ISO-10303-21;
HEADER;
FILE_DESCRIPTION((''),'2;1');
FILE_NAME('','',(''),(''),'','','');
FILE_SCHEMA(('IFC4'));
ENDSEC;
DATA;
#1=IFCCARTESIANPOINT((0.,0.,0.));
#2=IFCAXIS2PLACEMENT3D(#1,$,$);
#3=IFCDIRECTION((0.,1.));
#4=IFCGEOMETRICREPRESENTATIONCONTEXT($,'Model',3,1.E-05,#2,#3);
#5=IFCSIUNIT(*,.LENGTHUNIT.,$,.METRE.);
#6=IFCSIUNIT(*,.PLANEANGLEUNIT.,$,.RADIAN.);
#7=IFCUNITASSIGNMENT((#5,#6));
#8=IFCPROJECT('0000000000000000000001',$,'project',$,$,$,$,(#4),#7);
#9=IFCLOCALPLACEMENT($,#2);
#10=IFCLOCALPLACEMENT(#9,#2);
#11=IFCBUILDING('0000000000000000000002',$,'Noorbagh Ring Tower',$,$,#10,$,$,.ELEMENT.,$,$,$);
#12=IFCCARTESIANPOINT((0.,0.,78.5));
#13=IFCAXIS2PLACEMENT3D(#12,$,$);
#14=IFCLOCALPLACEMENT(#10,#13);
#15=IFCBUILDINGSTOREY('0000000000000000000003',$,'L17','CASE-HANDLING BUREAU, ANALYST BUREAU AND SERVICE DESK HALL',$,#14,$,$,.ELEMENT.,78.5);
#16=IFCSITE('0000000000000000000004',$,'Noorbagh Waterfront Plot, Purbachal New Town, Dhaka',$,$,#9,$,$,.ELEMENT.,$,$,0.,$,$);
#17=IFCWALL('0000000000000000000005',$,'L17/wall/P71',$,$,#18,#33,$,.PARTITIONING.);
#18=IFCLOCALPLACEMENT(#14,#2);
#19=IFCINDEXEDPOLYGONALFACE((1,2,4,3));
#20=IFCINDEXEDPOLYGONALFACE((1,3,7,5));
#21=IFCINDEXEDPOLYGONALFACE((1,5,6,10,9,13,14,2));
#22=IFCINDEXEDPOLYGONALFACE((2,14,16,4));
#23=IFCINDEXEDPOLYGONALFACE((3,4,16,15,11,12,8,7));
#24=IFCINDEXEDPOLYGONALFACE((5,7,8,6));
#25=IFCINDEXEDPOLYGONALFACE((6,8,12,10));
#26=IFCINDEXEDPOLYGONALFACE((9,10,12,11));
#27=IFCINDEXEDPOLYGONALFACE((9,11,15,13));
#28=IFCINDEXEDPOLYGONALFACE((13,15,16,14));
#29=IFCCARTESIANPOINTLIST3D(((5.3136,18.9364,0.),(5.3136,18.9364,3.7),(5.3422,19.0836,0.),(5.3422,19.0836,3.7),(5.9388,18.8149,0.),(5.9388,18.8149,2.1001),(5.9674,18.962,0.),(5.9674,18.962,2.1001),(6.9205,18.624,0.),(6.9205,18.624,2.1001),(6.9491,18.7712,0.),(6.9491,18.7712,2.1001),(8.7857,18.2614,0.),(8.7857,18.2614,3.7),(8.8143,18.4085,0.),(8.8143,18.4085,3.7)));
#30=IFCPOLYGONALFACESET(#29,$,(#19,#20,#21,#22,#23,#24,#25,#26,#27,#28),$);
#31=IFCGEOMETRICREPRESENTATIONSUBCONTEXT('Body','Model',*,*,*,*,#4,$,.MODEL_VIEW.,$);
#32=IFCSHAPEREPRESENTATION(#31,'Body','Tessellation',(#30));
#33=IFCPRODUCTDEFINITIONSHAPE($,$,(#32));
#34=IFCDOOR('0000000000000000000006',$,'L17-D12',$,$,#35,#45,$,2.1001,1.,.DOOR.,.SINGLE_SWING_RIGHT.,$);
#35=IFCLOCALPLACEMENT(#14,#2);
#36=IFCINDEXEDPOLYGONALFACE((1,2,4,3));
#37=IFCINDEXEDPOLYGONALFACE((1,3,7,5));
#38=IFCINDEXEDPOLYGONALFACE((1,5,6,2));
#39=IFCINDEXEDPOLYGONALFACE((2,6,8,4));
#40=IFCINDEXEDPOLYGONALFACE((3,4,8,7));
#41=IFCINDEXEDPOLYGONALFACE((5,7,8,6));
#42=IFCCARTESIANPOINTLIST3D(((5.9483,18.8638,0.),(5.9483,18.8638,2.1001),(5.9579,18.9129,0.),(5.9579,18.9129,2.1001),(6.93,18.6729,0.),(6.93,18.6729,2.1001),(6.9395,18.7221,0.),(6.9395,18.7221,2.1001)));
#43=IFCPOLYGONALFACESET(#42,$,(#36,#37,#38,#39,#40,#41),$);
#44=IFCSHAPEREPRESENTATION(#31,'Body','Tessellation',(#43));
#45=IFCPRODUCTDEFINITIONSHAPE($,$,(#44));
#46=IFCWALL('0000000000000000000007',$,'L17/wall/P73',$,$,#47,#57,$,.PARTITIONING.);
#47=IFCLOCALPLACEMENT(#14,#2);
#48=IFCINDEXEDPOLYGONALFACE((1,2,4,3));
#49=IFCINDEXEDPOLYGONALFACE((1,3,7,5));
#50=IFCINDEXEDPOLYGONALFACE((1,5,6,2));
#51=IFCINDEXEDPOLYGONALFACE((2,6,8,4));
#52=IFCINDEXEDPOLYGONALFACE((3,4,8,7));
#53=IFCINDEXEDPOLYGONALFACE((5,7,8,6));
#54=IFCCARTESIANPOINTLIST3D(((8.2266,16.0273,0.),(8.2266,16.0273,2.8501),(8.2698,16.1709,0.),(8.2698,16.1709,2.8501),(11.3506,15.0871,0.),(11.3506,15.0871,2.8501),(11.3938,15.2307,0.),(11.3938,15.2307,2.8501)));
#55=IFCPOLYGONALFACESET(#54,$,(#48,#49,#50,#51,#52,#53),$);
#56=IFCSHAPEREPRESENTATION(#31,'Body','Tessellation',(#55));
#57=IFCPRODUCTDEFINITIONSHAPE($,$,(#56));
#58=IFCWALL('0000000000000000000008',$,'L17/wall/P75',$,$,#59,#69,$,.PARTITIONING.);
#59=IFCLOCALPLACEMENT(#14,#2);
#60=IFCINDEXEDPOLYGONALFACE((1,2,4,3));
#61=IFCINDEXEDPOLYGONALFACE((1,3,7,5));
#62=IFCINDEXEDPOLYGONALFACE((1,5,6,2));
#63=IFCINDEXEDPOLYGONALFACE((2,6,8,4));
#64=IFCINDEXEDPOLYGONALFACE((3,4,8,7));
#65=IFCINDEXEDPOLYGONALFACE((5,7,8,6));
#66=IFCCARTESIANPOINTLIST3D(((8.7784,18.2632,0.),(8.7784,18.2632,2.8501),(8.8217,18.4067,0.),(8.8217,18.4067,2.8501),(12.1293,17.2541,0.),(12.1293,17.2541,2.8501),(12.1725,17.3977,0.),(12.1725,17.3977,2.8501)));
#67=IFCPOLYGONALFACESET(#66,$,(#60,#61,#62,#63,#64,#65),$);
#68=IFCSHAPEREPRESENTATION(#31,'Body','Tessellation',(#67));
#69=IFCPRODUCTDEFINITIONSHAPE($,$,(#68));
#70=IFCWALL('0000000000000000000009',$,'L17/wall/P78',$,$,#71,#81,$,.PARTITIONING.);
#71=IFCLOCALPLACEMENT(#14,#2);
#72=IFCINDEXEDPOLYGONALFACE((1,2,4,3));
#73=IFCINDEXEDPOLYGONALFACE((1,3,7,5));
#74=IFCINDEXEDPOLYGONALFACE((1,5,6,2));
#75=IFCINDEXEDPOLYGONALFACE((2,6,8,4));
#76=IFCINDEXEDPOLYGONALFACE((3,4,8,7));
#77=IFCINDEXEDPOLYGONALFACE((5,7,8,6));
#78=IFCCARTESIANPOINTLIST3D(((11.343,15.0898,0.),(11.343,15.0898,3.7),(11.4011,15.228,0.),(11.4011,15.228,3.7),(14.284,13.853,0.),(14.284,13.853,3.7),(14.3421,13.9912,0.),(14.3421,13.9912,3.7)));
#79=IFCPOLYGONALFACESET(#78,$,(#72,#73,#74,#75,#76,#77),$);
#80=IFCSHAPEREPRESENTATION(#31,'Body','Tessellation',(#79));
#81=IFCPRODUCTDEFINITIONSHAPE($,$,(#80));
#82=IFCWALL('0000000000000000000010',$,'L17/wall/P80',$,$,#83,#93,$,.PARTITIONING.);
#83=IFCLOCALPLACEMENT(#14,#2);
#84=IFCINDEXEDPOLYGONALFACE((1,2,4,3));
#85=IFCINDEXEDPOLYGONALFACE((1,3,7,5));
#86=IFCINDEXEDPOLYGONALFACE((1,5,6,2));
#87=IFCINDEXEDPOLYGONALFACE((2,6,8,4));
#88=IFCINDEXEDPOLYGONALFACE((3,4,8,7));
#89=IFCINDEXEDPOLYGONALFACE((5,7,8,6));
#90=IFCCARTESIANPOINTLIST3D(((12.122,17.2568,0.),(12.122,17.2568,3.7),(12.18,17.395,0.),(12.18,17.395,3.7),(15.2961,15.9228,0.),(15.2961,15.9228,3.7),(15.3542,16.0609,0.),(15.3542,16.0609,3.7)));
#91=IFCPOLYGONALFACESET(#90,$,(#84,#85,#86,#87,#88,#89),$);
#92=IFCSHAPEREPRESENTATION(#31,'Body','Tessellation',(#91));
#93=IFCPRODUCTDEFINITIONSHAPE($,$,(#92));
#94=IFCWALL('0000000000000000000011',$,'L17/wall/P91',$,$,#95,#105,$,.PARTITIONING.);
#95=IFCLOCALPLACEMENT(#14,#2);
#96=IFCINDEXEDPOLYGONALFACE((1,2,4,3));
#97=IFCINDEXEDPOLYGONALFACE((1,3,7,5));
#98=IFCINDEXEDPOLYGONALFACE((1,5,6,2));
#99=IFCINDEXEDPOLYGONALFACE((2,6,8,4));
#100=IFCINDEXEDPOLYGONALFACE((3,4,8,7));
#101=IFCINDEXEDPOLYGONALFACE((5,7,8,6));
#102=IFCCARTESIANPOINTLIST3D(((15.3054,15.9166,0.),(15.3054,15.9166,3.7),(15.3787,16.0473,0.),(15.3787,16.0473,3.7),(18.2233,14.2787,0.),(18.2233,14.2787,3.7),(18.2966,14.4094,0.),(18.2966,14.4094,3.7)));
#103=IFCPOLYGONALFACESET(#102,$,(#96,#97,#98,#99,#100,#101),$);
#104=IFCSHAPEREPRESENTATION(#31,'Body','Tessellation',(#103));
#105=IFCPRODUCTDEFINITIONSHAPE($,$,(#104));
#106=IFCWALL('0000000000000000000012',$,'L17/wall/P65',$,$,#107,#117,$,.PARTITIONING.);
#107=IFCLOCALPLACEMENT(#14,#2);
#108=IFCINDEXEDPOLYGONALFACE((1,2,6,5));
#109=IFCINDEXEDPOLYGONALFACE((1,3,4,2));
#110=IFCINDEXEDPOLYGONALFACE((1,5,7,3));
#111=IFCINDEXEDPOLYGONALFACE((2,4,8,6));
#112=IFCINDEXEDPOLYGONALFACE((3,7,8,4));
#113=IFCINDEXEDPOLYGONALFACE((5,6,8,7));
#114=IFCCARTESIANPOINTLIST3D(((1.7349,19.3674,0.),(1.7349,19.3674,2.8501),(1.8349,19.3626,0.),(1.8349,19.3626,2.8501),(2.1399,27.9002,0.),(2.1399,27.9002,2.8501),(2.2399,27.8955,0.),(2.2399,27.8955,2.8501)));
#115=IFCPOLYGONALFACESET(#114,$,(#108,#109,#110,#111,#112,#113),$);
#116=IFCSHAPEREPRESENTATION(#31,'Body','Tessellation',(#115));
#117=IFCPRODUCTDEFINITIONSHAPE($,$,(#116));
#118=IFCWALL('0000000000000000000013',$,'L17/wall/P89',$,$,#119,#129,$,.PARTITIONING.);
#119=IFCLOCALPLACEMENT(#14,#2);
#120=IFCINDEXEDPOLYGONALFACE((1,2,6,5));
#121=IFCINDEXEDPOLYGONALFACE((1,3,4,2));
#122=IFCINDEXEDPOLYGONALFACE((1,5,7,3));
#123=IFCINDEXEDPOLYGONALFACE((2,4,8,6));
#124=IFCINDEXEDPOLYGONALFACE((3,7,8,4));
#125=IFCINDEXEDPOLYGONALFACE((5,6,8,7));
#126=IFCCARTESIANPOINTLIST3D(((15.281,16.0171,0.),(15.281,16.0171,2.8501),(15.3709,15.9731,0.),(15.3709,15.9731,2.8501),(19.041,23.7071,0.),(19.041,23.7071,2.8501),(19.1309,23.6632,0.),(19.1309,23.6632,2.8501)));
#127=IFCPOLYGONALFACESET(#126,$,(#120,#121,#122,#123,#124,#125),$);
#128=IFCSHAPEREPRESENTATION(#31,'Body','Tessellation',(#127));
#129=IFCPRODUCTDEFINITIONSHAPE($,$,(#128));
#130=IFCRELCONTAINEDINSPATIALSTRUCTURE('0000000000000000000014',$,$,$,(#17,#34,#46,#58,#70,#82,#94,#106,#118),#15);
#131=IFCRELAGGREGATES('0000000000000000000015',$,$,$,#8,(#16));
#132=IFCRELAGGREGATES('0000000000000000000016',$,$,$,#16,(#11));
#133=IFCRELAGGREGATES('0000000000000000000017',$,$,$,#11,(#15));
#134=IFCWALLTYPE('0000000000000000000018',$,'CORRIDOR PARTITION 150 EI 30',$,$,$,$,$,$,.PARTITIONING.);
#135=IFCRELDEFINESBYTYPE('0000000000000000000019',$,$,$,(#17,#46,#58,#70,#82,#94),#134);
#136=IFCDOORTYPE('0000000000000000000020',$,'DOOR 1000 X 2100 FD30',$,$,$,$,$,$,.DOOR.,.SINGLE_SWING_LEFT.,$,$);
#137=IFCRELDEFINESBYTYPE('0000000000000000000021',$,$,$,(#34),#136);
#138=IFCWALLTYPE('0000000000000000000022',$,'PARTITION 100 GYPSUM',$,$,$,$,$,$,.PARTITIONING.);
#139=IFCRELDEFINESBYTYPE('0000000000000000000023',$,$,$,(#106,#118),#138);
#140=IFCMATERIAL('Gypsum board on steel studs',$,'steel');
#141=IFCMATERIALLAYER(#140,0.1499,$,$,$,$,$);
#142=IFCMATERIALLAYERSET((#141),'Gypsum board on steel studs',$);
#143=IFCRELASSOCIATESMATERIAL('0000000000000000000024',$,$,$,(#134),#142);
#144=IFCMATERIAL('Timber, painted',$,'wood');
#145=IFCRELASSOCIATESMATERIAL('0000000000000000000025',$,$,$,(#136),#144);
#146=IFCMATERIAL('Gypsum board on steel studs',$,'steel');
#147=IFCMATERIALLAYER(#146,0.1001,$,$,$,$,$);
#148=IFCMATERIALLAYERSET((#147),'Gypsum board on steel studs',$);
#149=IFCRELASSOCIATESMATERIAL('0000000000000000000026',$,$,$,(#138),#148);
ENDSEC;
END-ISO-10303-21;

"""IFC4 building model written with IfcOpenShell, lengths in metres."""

from ifc_helpers import new_model, si_unit, direction, frame, frame_2d, origin, place, context, subcontext, project, spatial, rectangle, extrude, material, layer, layer_set, type_object, element, fill, save


model = new_model("IFC4")

# Units and contexts
model_context = context("Model", 3, precision=1e-05, world=origin(), true_north=direction((0.0, 1.0)))
body_context = subcontext(model_context, "Body", "Model", "MODEL_VIEW")
ifc_project = project(units=[si_unit("LENGTHUNIT", "METRE"), si_unit("PLANEANGLEUNIT", "RADIAN")], contexts=[model_context])

# Site, building, storey
site_placement = place(None, origin())
site = spatial("IfcSite", under=ifc_project, at=site_placement, Name="Noorbagh Waterfront Plot, Purbachal New Town, Dhaka", CompositionType="ELEMENT", RefElevation=0.0)
building_placement = place(site_placement, origin())
building = spatial("IfcBuilding", under=site, at=building_placement, Name="Noorbagh Ring Tower", CompositionType="ELEMENT")
storey_placement = place(building_placement, frame((0.0, 0.0, 78.5)))
storey = spatial("IfcBuildingStorey", under=building, at=storey_placement, Name="L17", Description="CASE-HANDLING BUREAU, ANALYST BUREAU AND SERVICE DESK HALL", CompositionType="ELEMENT", Elevation=78.5)

# Shared definitions
ifc_material_1 = material(Name="Gypsum board on steel studs", Category="steel")
ifc_layer_1 = layer(ifc_material_1, 0.1499)
ifc_layer_set_1 = layer_set([ifc_layer_1], Name="Gypsum board on steel studs")
wall_type_1 = type_object("IfcWallType", Name="CORRIDOR PARTITION 150 EI 30", PredefinedType="PARTITIONING", material=ifc_layer_set_1)

# Wall, opening, door
ifc_material_2 = material(Name="Timber, painted", Category="wood")
door_type = type_object("IfcDoorType", Name="DOOR 1000 X 2100 FD30", OperationType="SINGLE_SWING_LEFT", PredefinedType="DOOR", material=ifc_material_2)
wall_1_placement = place(storey_placement, frame((5.3279, 19.01, 0.0), z_axis=(0.0, 0.0, 1.0), x_axis=(0.98162, -0.190844, 0.0)))
wall_1 = element("IfcWall", 1, at=wall_1_placement, inside=storey, type_object=wall_type_1, Name="L17/wall/P71", PredefinedType="PARTITIONING", context=body_context, shape_type="SweptSolid", body=[
    extrude(rectangle(XDim=3.5371, YDim=0.1499, at=frame_2d((1.7686, 0.0))), origin(), (0.0, 0.0, 1.0), 3.7),
])
opening_1_placement = place(wall_1_placement, frame((0.637, 0.0, 0.0)))
opening_1 = element("IfcOpeningElement", 2, at=opening_1_placement, cuts=wall_1, PredefinedType="OPENING", context=body_context, shape_type="SweptSolid", body=[
    extrude(rectangle(XDim=1.0, YDim=2.1001, at=frame_2d((0.5, 1.05))), frame((0.0, 0.085, 0.0), z_axis=(0.0, -1.0, 0.0), x_axis=(1.0, 0.0, 0.0)), (0.0, 0.0, 1.0), 0.1699),
])
door_1_placement = place(opening_1_placement, origin())
door_1 = element("IfcDoor", 3, at=door_1_placement, inside=storey, type_object=door_type, Name="L17-D12", OperationType="SINGLE_SWING_RIGHT", OverallHeight=2.1001, OverallWidth=1.0, PredefinedType="DOOR", context=body_context, shape_type="SweptSolid", body=[
    extrude(rectangle(XDim=1.0, YDim=2.1001, at=frame_2d((0.5, 1.05))), frame((0.0, 0.0249, 0.0), z_axis=(0.0, -1.0, 0.0), x_axis=(1.0, 0.0, 0.0)), (0.0, 0.0, 1.0), 0.05),
])
fill(opening_1, door_1)

# Walls
wall_2_placement = place(storey_placement, frame((8.248, 16.0991, 0.0), z_axis=(0.0, 0.0, 1.0), x_axis=(0.957575, -0.288185, 0.0)))
element("IfcWall", 4, at=wall_2_placement, inside=storey, type_object=wall_type_1, Name="L17/wall/P73", PredefinedType="PARTITIONING", context=body_context, shape_type="SweptSolid", body=[
    extrude(rectangle(XDim=3.2625, YDim=0.1499, at=frame_2d((1.6313, 0.0))), origin(), (0.0, 0.0, 1.0), 2.8501),
])
wall_3_placement = place(storey_placement, frame((8.8, 18.335, 0.0), z_axis=(0.0, 0.0, 1.0), x_axis=(0.957528, -0.28834, 0.0)))
element("IfcWall", 5, at=wall_3_placement, inside=storey, type_object=wall_type_1, Name="L17/wall/P75", PredefinedType="PARTITIONING", context=body_context, shape_type="SweptSolid", body=[
    extrude(rectangle(XDim=3.4995, YDim=0.1499, at=frame_2d((1.7498, 0.0))), origin(), (0.0, 0.0, 1.0), 2.8501),
])
wall_4_placement = place(storey_placement, frame((11.3721, 15.1589, 0.0), z_axis=(0.0, 0.0, 1.0), x_axis=(0.9218, -0.387667, 0.0)))
element("IfcWall", 6, at=wall_4_placement, inside=storey, type_object=wall_type_1, Name="L17/wall/P78", PredefinedType="PARTITIONING", context=body_context, shape_type="SweptSolid", body=[
    extrude(rectangle(XDim=3.1904, YDim=0.1499, at=frame_2d((1.5952, 0.0))), origin(), (0.0, 0.0, 1.0), 3.7),
])
wall_5_placement = place(storey_placement, frame((12.1509, 17.3259, 0.0), z_axis=(0.0, 0.0, 1.0), x_axis=(0.921891, -0.387448, 0.0)))
element("IfcWall", 7, at=wall_5_placement, inside=storey, type_object=wall_type_1, Name="L17/wall/P80", PredefinedType="PARTITIONING", context=body_context, shape_type="SweptSolid", body=[
    extrude(rectangle(XDim=3.4431, YDim=0.1499, at=frame_2d((1.7217, 0.0))), origin(), (0.0, 0.0, 1.0), 3.7),
])
wall_6_placement = place(storey_placement, frame((15.342, 15.9819, 0.0), z_axis=(0.0, 0.0, 1.0), x_axis=(0.872012, -0.489485, 0.0)))
element("IfcWall", 8, at=wall_6_placement, inside=storey, type_object=wall_type_1, Name="L17/wall/P91", PredefinedType="PARTITIONING", context=body_context, shape_type="SweptSolid", body=[
    extrude(rectangle(XDim=3.3462, YDim=0.1499, at=frame_2d((1.6731, 0.0))), origin(), (0.0, 0.0, 1.0), 3.7),
])
ifc_material_3 = material(Name="Gypsum board on steel studs", Category="steel")
ifc_layer_2 = layer(ifc_material_3, 0.1001)
ifc_layer_set_2 = layer_set([ifc_layer_2], Name="Gypsum board on steel studs")
wall_type_2 = type_object("IfcWallType", Name="PARTITION 100 GYPSUM", PredefinedType="PARTITIONING", material=ifc_layer_set_2)
wall_7_placement = place(storey_placement, frame((1.7849, 19.365, 0.0), z_axis=(0.0, 0.0, 1.0), x_axis=(0.047413, 0.998875, 0.0)))
element("IfcWall", 9, at=wall_7_placement, inside=storey, type_object=wall_type_2, Name="L17/wall/P65", PredefinedType="PARTITIONING", context=body_context, shape_type="SweptSolid", body=[
    extrude(rectangle(XDim=8.5425, YDim=0.1001, at=frame_2d((4.2712, 0.0))), origin(), (0.0, 0.0, 1.0), 2.8501),
])
wall_8_placement = place(storey_placement, frame((15.3259, 15.9951, 0.0), z_axis=(0.0, 0.0, 1.0), x_axis=(0.439256, 0.898362, 0.0)))
element("IfcWall", 10, at=wall_8_placement, inside=storey, type_object=wall_type_2, Name="L17/wall/P89", PredefinedType="PARTITIONING", context=body_context, shape_type="SweptSolid", body=[
    extrude(rectangle(XDim=8.5601, YDim=0.1001, at=frame_2d((4.28, 0.0))), origin(), (0.0, 0.0, 1.0), 2.8501),
])

save(model, "model.ifc")
